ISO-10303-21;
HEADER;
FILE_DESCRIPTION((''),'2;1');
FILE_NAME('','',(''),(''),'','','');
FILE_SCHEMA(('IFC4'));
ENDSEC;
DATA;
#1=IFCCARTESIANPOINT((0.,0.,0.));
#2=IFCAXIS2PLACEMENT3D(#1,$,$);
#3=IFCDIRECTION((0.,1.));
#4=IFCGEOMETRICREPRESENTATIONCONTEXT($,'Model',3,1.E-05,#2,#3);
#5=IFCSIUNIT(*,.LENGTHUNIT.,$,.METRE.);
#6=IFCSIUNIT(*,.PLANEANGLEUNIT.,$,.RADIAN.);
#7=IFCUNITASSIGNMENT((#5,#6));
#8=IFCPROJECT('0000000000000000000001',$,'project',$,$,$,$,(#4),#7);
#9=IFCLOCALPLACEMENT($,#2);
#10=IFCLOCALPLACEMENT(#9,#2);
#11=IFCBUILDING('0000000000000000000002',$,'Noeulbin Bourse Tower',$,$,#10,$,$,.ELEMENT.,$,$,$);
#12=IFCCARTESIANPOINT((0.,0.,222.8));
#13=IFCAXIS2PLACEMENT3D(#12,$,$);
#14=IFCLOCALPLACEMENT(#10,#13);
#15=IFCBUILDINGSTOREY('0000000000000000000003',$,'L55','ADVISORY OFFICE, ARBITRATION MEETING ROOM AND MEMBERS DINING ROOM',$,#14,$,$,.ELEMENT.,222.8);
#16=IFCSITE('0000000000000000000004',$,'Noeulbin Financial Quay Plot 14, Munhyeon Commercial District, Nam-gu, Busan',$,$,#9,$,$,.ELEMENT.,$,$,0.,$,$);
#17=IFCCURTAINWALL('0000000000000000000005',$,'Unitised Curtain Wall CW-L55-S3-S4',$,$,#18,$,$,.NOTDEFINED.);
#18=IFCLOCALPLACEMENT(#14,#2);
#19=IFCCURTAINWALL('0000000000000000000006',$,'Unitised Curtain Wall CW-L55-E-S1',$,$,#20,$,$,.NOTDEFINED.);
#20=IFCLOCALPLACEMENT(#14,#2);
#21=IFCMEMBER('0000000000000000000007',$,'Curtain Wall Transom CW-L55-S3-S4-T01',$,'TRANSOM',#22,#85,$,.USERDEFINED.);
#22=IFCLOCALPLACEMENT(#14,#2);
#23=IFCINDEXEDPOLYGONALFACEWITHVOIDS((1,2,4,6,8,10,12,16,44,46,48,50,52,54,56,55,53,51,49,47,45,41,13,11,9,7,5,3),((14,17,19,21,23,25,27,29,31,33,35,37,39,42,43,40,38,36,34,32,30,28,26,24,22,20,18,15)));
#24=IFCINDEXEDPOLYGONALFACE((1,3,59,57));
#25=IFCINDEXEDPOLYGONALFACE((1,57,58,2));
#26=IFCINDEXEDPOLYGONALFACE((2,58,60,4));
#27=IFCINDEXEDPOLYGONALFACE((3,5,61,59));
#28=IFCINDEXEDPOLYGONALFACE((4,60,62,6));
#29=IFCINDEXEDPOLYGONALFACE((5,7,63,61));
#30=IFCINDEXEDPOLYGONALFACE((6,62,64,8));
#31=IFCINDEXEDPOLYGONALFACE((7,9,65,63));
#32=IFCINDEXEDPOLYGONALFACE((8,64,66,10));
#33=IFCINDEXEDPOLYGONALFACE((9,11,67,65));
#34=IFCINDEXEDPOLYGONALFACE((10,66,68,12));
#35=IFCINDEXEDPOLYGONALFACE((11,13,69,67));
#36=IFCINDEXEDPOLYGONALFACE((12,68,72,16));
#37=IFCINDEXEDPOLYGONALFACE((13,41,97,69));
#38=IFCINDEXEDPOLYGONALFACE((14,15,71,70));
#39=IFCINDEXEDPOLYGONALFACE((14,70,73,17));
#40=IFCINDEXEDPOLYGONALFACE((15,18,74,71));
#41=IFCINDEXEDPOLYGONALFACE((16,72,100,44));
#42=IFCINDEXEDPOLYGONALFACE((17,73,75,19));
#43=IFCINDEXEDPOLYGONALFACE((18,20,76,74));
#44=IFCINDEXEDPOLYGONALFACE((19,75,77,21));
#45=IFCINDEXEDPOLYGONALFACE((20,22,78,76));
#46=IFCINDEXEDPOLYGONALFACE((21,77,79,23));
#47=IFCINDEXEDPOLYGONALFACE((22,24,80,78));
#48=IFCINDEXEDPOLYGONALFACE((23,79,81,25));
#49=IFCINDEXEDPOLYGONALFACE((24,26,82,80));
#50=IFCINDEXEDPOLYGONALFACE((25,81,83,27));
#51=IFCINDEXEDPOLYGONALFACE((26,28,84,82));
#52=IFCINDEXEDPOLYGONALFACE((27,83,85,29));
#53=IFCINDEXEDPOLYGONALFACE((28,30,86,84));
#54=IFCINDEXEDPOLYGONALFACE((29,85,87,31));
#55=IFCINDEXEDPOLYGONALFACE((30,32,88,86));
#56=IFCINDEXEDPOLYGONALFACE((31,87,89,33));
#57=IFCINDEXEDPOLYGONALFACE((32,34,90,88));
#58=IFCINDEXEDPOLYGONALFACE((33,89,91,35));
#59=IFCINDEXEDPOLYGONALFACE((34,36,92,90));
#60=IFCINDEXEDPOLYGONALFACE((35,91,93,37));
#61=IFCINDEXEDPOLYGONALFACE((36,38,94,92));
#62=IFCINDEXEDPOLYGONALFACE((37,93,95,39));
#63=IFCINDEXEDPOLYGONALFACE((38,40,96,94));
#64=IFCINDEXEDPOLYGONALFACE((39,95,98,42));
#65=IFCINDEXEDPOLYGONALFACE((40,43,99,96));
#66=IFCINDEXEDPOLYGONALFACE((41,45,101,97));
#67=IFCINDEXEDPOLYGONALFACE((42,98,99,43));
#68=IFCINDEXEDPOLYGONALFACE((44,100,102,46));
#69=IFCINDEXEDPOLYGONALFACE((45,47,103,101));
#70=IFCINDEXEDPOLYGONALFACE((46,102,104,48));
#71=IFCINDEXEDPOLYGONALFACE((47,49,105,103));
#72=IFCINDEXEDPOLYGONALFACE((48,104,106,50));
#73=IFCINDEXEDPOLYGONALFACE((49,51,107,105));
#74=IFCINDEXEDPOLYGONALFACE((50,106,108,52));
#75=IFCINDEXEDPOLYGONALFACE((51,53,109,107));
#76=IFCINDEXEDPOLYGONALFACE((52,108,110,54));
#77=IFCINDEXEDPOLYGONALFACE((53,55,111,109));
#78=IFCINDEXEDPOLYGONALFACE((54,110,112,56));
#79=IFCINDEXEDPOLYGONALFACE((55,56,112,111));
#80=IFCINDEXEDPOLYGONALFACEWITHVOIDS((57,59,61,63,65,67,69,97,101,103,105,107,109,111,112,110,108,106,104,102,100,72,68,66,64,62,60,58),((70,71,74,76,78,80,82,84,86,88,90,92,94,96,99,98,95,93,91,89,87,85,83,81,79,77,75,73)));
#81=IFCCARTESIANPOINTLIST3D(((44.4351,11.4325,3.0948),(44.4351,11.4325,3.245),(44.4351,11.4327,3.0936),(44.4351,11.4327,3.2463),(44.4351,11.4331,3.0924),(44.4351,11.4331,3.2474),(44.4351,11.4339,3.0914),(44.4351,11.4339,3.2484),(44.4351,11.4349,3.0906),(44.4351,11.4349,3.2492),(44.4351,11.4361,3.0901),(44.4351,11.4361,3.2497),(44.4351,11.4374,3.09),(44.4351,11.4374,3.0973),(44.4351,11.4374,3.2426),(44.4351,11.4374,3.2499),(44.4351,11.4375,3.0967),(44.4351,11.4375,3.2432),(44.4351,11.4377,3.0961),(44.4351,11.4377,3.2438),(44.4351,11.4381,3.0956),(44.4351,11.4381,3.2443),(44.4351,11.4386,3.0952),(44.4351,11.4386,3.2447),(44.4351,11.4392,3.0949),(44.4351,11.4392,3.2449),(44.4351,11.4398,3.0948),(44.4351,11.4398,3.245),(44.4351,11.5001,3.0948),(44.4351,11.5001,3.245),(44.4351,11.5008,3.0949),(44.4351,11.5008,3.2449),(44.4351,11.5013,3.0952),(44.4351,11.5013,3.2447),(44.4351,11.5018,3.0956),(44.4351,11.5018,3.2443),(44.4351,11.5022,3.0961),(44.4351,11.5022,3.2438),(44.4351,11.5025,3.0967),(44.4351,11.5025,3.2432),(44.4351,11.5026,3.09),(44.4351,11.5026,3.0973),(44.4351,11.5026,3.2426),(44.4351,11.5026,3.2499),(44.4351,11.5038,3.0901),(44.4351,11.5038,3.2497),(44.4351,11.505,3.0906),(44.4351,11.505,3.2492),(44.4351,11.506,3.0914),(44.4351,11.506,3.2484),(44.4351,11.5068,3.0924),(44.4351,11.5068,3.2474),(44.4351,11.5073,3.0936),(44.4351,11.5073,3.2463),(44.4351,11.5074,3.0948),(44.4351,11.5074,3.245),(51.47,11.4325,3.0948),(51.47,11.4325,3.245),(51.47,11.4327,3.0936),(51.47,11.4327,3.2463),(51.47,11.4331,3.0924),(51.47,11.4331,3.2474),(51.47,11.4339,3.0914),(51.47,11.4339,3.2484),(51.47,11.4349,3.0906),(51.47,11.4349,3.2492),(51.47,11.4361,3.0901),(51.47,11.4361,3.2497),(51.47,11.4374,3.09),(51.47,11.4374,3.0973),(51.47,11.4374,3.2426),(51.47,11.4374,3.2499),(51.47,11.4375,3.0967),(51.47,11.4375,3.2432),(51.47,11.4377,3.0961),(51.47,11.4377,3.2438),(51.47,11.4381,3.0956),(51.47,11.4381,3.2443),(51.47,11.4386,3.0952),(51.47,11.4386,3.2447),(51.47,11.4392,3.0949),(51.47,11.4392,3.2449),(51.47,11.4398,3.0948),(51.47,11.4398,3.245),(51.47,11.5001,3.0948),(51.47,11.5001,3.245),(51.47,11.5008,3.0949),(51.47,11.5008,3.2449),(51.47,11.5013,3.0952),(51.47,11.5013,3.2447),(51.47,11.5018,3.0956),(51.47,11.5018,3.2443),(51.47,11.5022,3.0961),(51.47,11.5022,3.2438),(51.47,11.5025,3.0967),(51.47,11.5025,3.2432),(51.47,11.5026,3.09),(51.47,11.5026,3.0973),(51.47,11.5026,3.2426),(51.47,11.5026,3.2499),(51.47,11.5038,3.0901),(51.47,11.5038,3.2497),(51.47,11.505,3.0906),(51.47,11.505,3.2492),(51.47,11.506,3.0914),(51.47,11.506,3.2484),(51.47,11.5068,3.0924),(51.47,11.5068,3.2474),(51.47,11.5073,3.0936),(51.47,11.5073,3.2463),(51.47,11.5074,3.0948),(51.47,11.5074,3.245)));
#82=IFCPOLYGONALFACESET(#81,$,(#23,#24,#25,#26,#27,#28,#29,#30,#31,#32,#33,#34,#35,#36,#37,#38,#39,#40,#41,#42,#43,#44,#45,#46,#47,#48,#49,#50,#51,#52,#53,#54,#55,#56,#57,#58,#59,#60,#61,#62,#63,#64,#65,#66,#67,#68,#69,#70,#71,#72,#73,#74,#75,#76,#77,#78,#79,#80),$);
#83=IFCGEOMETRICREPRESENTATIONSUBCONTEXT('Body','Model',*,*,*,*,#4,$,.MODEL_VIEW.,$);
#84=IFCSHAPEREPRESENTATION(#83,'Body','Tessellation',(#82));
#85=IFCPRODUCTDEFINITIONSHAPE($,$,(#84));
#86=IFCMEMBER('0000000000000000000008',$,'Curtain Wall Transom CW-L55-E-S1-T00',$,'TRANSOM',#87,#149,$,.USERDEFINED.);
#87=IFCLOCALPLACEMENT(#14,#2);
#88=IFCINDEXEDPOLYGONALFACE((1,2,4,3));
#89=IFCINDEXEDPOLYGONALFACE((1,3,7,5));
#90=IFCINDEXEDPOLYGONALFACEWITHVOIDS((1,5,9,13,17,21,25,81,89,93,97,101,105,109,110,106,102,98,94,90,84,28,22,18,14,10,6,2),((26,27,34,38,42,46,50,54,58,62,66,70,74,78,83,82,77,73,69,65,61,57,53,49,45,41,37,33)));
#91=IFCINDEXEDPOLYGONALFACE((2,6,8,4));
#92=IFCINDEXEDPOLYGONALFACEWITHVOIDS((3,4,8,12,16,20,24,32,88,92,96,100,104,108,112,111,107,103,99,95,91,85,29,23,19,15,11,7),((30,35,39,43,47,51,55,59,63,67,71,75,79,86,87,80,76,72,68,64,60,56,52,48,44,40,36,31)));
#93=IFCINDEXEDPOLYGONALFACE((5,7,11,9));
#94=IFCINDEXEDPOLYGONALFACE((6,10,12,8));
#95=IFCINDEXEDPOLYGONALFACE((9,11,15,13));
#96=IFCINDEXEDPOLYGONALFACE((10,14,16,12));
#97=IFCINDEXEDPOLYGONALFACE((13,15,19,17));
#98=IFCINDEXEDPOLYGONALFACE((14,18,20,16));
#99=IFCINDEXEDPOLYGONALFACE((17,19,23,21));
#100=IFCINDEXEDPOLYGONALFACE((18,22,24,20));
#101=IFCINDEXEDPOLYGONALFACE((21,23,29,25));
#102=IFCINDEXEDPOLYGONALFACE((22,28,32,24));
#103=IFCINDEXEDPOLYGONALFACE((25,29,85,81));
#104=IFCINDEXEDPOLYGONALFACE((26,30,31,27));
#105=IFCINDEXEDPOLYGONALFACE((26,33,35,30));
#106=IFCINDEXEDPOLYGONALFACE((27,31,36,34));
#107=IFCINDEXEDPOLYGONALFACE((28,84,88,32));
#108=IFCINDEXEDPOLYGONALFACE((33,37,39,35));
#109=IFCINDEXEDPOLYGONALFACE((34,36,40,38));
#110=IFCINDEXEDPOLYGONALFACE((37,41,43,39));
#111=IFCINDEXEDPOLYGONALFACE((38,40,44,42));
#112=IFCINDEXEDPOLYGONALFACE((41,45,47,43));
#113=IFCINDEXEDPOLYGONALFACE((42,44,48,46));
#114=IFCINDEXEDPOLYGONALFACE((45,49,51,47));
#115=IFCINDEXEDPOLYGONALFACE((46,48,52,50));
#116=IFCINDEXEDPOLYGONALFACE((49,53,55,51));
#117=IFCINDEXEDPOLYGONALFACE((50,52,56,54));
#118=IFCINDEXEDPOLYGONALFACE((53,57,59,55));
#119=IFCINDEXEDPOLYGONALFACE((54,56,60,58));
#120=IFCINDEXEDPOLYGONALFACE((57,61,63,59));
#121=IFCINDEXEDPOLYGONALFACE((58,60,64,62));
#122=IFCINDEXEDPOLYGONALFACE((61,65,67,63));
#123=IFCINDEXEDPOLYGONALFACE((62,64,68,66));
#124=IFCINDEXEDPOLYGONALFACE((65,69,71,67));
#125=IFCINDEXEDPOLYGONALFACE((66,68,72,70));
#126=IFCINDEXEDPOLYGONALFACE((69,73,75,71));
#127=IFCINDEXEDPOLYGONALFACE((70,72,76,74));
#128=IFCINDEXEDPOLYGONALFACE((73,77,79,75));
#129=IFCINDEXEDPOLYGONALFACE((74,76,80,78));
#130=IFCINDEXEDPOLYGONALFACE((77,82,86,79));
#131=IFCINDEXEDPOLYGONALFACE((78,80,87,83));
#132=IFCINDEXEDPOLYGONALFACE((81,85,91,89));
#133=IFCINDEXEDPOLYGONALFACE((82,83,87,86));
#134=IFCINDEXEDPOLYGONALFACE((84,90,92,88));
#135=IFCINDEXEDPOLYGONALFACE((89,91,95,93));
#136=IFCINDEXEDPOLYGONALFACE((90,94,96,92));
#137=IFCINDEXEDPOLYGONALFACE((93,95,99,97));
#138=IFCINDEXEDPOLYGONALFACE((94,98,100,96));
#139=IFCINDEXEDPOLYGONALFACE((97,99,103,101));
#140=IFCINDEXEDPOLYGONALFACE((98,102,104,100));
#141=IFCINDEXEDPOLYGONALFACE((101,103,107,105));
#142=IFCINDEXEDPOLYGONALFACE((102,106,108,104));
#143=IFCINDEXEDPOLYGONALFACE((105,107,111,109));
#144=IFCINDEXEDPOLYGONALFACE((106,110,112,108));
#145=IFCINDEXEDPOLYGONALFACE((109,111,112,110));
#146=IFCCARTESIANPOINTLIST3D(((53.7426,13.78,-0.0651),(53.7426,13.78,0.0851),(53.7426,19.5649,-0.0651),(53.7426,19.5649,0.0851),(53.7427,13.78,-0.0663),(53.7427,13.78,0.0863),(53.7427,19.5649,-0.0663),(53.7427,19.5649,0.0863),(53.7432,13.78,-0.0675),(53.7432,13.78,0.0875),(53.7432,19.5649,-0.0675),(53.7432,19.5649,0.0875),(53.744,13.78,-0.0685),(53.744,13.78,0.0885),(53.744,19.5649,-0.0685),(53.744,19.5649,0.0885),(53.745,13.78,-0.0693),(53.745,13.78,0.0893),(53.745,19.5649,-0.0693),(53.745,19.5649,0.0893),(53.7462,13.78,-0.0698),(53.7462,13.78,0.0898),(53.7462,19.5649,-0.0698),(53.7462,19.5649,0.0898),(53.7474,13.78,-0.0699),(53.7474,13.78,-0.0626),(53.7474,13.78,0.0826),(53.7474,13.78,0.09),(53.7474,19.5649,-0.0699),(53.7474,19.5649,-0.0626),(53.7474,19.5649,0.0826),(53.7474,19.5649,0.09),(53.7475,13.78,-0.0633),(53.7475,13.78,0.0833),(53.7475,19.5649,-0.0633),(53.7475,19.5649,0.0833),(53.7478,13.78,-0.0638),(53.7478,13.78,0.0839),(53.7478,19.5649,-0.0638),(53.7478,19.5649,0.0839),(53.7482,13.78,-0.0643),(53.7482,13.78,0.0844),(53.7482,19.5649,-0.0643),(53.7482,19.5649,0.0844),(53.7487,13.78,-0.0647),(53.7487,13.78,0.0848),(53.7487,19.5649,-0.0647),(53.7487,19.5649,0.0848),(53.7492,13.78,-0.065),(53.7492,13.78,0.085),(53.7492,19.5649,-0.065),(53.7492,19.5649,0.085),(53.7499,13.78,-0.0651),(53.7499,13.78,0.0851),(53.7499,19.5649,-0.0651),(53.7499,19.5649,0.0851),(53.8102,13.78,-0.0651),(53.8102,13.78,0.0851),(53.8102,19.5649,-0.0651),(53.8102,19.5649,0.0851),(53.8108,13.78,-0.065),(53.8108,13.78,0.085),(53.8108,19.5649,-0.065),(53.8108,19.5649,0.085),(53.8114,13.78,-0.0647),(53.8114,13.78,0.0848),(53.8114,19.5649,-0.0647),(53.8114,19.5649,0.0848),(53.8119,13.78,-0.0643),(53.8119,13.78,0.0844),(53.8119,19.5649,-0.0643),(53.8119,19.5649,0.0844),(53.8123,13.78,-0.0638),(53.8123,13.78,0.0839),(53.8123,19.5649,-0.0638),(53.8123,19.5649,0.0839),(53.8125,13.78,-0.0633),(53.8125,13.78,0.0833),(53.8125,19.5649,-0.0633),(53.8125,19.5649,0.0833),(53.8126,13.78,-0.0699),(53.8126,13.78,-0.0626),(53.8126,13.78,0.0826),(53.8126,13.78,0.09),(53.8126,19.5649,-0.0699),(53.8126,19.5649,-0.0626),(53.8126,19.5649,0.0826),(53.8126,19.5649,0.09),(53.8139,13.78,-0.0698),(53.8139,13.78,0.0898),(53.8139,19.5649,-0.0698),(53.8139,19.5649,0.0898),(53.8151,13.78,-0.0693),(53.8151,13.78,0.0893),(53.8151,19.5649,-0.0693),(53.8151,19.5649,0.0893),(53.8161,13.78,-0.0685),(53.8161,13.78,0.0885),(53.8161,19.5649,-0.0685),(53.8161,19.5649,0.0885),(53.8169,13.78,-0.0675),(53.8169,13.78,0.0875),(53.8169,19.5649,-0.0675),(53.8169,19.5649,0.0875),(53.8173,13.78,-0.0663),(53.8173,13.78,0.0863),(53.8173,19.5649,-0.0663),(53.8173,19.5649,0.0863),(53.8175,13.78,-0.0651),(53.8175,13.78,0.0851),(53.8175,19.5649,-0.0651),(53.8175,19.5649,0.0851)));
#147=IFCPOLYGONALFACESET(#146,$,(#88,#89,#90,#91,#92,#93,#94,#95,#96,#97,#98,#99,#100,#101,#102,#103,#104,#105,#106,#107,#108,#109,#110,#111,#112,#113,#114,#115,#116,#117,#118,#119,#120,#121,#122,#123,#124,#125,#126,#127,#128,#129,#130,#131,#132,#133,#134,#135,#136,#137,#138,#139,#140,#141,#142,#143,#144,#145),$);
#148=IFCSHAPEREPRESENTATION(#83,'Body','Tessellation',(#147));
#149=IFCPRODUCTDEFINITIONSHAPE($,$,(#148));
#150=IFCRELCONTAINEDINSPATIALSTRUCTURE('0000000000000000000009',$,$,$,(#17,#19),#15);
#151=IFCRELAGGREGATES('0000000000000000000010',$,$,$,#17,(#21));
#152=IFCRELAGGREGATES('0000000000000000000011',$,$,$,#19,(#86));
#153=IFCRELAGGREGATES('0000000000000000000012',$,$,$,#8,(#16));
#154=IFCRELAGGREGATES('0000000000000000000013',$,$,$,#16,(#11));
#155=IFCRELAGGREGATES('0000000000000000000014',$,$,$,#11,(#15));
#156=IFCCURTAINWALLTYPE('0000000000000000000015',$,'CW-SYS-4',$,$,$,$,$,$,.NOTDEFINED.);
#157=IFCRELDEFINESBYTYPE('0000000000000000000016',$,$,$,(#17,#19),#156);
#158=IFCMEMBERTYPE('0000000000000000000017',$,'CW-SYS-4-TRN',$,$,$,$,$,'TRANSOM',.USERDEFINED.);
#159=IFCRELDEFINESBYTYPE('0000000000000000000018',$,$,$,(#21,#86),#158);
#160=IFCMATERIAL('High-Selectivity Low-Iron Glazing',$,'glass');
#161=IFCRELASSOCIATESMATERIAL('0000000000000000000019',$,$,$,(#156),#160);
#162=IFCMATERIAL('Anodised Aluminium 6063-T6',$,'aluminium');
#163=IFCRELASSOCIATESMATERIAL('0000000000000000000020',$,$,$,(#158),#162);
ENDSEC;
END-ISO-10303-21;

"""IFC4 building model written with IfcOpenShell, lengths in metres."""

from ifc_helpers import new_model, si_unit, direction, frame, origin, origin_2d, place, context, subcontext, project, spatial, hollow_rectangle, extrude, material, material_profile, profile_set, type_object, element, aggregate, save


model = new_model("IFC4")

# Units and contexts
model_context = context("Model", 3, precision=1e-05, world=origin(), true_north=direction((0.0, 1.0)))
body_context = subcontext(model_context, "Body", "Model", "MODEL_VIEW")
ifc_project = project(units=[si_unit("LENGTHUNIT", "METRE"), si_unit("PLANEANGLEUNIT", "RADIAN")], contexts=[model_context])

# Site, building, storey
site_placement = place(None, origin())
site = spatial("IfcSite", under=ifc_project, at=site_placement, Name="Noeulbin Financial Quay Plot 14, Munhyeon Commercial District, Nam-gu, Busan", CompositionType="ELEMENT", RefElevation=0.0)
building_placement = place(site_placement, origin())
building = spatial("IfcBuilding", under=site, at=building_placement, Name="Noeulbin Bourse Tower", CompositionType="ELEMENT")
storey_placement = place(building_placement, frame((0.0, 0.0, 222.8)))
storey = spatial("IfcBuildingStorey", under=building, at=storey_placement, Name="L55", Description="ADVISORY OFFICE, ARBITRATION MEETING ROOM AND MEMBERS DINING ROOM", CompositionType="ELEMENT", Elevation=222.8)

# Curtain walls
ifc_material_1 = material(Name="High-Selectivity Low-Iron Glazing", Category="glass")
curtain_wall_type = type_object("IfcCurtainWallType", Name="CW-SYS-4", PredefinedType="NOTDEFINED", material=ifc_material_1)
ifc_material_2 = material(Name="Anodised Aluminium 6063-T6", Category="aluminium")
curtain_wall_1_placement = place(storey_placement, origin())
curtain_wall_1 = element("IfcCurtainWall", 1, at=curtain_wall_1_placement, inside=storey, type_object=curtain_wall_type, Name="Unitised Curtain Wall CW-L55-S3-S4", PredefinedType="NOTDEFINED")
curtain_wall_2_placement = place(storey_placement, origin())
curtain_wall_2 = element("IfcCurtainWall", 2, at=curtain_wall_2_placement, inside=storey, type_object=curtain_wall_type, Name="Unitised Curtain Wall CW-L55-E-S1", PredefinedType="NOTDEFINED")

# Members
ifc_material_profile_1 = material_profile(ifc_material_2, hollow_rectangle(XDim=0.075, YDim=0.1599, WallThickness=0.0049, InnerFilletRadius=0.0024, OuterFilletRadius=0.0049, at=origin_2d()), Name="ALU-TRAN-75x160x5", Category="LoadBearing")
ifc_profile_set_1 = profile_set([ifc_material_profile_1], Name="Anodised Aluminium 6063-T6")
member_type_1 = type_object("IfcMemberType", Name="CW-SYS-4-TRN", ElementType="TRANSOM", PredefinedType="USERDEFINED", material=ifc_profile_set_1)
member_1_placement = place(storey_placement, frame((44.4351, 11.47, 3.1699), z_axis=(1.0, 0.0, 0.0), x_axis=(0.0, 1.0, 0.0)))
member_1 = element("IfcMember", 3, at=member_1_placement, type_object=member_type_1, Name="Curtain Wall Transom CW-L55-S3-S4-T01", ObjectType="TRANSOM", PredefinedType="USERDEFINED", context=body_context, shape_type="SweptSolid", body=[
    extrude(hollow_rectangle(XDim=0.075, YDim=0.1599, WallThickness=0.0049, InnerFilletRadius=0.0024, OuterFilletRadius=0.0049, at=origin_2d()), origin(), (0.0, 0.0, 1.0), 7.0349),
])
member_2_placement = place(storey_placement, frame((53.78, 13.78, 0.01), z_axis=(0.0, 1.0, 0.0), x_axis=(-1.0, 0.0, 0.0)))
member_2 = element("IfcMember", 4, at=member_2_placement, type_object=member_type_1, Name="Curtain Wall Transom CW-L55-E-S1-T00", ObjectType="TRANSOM", PredefinedType="USERDEFINED", context=body_context, shape_type="SweptSolid", body=[
    extrude(hollow_rectangle(XDim=0.075, YDim=0.1599, WallThickness=0.0049, InnerFilletRadius=0.0024, OuterFilletRadius=0.0049, at=origin_2d()), origin(), (0.0, 0.0, 1.0), 5.7849),
])

aggregate(curtain_wall_1, [member_1])
aggregate(curtain_wall_2, [member_2])

save(model, "model.ifc")
